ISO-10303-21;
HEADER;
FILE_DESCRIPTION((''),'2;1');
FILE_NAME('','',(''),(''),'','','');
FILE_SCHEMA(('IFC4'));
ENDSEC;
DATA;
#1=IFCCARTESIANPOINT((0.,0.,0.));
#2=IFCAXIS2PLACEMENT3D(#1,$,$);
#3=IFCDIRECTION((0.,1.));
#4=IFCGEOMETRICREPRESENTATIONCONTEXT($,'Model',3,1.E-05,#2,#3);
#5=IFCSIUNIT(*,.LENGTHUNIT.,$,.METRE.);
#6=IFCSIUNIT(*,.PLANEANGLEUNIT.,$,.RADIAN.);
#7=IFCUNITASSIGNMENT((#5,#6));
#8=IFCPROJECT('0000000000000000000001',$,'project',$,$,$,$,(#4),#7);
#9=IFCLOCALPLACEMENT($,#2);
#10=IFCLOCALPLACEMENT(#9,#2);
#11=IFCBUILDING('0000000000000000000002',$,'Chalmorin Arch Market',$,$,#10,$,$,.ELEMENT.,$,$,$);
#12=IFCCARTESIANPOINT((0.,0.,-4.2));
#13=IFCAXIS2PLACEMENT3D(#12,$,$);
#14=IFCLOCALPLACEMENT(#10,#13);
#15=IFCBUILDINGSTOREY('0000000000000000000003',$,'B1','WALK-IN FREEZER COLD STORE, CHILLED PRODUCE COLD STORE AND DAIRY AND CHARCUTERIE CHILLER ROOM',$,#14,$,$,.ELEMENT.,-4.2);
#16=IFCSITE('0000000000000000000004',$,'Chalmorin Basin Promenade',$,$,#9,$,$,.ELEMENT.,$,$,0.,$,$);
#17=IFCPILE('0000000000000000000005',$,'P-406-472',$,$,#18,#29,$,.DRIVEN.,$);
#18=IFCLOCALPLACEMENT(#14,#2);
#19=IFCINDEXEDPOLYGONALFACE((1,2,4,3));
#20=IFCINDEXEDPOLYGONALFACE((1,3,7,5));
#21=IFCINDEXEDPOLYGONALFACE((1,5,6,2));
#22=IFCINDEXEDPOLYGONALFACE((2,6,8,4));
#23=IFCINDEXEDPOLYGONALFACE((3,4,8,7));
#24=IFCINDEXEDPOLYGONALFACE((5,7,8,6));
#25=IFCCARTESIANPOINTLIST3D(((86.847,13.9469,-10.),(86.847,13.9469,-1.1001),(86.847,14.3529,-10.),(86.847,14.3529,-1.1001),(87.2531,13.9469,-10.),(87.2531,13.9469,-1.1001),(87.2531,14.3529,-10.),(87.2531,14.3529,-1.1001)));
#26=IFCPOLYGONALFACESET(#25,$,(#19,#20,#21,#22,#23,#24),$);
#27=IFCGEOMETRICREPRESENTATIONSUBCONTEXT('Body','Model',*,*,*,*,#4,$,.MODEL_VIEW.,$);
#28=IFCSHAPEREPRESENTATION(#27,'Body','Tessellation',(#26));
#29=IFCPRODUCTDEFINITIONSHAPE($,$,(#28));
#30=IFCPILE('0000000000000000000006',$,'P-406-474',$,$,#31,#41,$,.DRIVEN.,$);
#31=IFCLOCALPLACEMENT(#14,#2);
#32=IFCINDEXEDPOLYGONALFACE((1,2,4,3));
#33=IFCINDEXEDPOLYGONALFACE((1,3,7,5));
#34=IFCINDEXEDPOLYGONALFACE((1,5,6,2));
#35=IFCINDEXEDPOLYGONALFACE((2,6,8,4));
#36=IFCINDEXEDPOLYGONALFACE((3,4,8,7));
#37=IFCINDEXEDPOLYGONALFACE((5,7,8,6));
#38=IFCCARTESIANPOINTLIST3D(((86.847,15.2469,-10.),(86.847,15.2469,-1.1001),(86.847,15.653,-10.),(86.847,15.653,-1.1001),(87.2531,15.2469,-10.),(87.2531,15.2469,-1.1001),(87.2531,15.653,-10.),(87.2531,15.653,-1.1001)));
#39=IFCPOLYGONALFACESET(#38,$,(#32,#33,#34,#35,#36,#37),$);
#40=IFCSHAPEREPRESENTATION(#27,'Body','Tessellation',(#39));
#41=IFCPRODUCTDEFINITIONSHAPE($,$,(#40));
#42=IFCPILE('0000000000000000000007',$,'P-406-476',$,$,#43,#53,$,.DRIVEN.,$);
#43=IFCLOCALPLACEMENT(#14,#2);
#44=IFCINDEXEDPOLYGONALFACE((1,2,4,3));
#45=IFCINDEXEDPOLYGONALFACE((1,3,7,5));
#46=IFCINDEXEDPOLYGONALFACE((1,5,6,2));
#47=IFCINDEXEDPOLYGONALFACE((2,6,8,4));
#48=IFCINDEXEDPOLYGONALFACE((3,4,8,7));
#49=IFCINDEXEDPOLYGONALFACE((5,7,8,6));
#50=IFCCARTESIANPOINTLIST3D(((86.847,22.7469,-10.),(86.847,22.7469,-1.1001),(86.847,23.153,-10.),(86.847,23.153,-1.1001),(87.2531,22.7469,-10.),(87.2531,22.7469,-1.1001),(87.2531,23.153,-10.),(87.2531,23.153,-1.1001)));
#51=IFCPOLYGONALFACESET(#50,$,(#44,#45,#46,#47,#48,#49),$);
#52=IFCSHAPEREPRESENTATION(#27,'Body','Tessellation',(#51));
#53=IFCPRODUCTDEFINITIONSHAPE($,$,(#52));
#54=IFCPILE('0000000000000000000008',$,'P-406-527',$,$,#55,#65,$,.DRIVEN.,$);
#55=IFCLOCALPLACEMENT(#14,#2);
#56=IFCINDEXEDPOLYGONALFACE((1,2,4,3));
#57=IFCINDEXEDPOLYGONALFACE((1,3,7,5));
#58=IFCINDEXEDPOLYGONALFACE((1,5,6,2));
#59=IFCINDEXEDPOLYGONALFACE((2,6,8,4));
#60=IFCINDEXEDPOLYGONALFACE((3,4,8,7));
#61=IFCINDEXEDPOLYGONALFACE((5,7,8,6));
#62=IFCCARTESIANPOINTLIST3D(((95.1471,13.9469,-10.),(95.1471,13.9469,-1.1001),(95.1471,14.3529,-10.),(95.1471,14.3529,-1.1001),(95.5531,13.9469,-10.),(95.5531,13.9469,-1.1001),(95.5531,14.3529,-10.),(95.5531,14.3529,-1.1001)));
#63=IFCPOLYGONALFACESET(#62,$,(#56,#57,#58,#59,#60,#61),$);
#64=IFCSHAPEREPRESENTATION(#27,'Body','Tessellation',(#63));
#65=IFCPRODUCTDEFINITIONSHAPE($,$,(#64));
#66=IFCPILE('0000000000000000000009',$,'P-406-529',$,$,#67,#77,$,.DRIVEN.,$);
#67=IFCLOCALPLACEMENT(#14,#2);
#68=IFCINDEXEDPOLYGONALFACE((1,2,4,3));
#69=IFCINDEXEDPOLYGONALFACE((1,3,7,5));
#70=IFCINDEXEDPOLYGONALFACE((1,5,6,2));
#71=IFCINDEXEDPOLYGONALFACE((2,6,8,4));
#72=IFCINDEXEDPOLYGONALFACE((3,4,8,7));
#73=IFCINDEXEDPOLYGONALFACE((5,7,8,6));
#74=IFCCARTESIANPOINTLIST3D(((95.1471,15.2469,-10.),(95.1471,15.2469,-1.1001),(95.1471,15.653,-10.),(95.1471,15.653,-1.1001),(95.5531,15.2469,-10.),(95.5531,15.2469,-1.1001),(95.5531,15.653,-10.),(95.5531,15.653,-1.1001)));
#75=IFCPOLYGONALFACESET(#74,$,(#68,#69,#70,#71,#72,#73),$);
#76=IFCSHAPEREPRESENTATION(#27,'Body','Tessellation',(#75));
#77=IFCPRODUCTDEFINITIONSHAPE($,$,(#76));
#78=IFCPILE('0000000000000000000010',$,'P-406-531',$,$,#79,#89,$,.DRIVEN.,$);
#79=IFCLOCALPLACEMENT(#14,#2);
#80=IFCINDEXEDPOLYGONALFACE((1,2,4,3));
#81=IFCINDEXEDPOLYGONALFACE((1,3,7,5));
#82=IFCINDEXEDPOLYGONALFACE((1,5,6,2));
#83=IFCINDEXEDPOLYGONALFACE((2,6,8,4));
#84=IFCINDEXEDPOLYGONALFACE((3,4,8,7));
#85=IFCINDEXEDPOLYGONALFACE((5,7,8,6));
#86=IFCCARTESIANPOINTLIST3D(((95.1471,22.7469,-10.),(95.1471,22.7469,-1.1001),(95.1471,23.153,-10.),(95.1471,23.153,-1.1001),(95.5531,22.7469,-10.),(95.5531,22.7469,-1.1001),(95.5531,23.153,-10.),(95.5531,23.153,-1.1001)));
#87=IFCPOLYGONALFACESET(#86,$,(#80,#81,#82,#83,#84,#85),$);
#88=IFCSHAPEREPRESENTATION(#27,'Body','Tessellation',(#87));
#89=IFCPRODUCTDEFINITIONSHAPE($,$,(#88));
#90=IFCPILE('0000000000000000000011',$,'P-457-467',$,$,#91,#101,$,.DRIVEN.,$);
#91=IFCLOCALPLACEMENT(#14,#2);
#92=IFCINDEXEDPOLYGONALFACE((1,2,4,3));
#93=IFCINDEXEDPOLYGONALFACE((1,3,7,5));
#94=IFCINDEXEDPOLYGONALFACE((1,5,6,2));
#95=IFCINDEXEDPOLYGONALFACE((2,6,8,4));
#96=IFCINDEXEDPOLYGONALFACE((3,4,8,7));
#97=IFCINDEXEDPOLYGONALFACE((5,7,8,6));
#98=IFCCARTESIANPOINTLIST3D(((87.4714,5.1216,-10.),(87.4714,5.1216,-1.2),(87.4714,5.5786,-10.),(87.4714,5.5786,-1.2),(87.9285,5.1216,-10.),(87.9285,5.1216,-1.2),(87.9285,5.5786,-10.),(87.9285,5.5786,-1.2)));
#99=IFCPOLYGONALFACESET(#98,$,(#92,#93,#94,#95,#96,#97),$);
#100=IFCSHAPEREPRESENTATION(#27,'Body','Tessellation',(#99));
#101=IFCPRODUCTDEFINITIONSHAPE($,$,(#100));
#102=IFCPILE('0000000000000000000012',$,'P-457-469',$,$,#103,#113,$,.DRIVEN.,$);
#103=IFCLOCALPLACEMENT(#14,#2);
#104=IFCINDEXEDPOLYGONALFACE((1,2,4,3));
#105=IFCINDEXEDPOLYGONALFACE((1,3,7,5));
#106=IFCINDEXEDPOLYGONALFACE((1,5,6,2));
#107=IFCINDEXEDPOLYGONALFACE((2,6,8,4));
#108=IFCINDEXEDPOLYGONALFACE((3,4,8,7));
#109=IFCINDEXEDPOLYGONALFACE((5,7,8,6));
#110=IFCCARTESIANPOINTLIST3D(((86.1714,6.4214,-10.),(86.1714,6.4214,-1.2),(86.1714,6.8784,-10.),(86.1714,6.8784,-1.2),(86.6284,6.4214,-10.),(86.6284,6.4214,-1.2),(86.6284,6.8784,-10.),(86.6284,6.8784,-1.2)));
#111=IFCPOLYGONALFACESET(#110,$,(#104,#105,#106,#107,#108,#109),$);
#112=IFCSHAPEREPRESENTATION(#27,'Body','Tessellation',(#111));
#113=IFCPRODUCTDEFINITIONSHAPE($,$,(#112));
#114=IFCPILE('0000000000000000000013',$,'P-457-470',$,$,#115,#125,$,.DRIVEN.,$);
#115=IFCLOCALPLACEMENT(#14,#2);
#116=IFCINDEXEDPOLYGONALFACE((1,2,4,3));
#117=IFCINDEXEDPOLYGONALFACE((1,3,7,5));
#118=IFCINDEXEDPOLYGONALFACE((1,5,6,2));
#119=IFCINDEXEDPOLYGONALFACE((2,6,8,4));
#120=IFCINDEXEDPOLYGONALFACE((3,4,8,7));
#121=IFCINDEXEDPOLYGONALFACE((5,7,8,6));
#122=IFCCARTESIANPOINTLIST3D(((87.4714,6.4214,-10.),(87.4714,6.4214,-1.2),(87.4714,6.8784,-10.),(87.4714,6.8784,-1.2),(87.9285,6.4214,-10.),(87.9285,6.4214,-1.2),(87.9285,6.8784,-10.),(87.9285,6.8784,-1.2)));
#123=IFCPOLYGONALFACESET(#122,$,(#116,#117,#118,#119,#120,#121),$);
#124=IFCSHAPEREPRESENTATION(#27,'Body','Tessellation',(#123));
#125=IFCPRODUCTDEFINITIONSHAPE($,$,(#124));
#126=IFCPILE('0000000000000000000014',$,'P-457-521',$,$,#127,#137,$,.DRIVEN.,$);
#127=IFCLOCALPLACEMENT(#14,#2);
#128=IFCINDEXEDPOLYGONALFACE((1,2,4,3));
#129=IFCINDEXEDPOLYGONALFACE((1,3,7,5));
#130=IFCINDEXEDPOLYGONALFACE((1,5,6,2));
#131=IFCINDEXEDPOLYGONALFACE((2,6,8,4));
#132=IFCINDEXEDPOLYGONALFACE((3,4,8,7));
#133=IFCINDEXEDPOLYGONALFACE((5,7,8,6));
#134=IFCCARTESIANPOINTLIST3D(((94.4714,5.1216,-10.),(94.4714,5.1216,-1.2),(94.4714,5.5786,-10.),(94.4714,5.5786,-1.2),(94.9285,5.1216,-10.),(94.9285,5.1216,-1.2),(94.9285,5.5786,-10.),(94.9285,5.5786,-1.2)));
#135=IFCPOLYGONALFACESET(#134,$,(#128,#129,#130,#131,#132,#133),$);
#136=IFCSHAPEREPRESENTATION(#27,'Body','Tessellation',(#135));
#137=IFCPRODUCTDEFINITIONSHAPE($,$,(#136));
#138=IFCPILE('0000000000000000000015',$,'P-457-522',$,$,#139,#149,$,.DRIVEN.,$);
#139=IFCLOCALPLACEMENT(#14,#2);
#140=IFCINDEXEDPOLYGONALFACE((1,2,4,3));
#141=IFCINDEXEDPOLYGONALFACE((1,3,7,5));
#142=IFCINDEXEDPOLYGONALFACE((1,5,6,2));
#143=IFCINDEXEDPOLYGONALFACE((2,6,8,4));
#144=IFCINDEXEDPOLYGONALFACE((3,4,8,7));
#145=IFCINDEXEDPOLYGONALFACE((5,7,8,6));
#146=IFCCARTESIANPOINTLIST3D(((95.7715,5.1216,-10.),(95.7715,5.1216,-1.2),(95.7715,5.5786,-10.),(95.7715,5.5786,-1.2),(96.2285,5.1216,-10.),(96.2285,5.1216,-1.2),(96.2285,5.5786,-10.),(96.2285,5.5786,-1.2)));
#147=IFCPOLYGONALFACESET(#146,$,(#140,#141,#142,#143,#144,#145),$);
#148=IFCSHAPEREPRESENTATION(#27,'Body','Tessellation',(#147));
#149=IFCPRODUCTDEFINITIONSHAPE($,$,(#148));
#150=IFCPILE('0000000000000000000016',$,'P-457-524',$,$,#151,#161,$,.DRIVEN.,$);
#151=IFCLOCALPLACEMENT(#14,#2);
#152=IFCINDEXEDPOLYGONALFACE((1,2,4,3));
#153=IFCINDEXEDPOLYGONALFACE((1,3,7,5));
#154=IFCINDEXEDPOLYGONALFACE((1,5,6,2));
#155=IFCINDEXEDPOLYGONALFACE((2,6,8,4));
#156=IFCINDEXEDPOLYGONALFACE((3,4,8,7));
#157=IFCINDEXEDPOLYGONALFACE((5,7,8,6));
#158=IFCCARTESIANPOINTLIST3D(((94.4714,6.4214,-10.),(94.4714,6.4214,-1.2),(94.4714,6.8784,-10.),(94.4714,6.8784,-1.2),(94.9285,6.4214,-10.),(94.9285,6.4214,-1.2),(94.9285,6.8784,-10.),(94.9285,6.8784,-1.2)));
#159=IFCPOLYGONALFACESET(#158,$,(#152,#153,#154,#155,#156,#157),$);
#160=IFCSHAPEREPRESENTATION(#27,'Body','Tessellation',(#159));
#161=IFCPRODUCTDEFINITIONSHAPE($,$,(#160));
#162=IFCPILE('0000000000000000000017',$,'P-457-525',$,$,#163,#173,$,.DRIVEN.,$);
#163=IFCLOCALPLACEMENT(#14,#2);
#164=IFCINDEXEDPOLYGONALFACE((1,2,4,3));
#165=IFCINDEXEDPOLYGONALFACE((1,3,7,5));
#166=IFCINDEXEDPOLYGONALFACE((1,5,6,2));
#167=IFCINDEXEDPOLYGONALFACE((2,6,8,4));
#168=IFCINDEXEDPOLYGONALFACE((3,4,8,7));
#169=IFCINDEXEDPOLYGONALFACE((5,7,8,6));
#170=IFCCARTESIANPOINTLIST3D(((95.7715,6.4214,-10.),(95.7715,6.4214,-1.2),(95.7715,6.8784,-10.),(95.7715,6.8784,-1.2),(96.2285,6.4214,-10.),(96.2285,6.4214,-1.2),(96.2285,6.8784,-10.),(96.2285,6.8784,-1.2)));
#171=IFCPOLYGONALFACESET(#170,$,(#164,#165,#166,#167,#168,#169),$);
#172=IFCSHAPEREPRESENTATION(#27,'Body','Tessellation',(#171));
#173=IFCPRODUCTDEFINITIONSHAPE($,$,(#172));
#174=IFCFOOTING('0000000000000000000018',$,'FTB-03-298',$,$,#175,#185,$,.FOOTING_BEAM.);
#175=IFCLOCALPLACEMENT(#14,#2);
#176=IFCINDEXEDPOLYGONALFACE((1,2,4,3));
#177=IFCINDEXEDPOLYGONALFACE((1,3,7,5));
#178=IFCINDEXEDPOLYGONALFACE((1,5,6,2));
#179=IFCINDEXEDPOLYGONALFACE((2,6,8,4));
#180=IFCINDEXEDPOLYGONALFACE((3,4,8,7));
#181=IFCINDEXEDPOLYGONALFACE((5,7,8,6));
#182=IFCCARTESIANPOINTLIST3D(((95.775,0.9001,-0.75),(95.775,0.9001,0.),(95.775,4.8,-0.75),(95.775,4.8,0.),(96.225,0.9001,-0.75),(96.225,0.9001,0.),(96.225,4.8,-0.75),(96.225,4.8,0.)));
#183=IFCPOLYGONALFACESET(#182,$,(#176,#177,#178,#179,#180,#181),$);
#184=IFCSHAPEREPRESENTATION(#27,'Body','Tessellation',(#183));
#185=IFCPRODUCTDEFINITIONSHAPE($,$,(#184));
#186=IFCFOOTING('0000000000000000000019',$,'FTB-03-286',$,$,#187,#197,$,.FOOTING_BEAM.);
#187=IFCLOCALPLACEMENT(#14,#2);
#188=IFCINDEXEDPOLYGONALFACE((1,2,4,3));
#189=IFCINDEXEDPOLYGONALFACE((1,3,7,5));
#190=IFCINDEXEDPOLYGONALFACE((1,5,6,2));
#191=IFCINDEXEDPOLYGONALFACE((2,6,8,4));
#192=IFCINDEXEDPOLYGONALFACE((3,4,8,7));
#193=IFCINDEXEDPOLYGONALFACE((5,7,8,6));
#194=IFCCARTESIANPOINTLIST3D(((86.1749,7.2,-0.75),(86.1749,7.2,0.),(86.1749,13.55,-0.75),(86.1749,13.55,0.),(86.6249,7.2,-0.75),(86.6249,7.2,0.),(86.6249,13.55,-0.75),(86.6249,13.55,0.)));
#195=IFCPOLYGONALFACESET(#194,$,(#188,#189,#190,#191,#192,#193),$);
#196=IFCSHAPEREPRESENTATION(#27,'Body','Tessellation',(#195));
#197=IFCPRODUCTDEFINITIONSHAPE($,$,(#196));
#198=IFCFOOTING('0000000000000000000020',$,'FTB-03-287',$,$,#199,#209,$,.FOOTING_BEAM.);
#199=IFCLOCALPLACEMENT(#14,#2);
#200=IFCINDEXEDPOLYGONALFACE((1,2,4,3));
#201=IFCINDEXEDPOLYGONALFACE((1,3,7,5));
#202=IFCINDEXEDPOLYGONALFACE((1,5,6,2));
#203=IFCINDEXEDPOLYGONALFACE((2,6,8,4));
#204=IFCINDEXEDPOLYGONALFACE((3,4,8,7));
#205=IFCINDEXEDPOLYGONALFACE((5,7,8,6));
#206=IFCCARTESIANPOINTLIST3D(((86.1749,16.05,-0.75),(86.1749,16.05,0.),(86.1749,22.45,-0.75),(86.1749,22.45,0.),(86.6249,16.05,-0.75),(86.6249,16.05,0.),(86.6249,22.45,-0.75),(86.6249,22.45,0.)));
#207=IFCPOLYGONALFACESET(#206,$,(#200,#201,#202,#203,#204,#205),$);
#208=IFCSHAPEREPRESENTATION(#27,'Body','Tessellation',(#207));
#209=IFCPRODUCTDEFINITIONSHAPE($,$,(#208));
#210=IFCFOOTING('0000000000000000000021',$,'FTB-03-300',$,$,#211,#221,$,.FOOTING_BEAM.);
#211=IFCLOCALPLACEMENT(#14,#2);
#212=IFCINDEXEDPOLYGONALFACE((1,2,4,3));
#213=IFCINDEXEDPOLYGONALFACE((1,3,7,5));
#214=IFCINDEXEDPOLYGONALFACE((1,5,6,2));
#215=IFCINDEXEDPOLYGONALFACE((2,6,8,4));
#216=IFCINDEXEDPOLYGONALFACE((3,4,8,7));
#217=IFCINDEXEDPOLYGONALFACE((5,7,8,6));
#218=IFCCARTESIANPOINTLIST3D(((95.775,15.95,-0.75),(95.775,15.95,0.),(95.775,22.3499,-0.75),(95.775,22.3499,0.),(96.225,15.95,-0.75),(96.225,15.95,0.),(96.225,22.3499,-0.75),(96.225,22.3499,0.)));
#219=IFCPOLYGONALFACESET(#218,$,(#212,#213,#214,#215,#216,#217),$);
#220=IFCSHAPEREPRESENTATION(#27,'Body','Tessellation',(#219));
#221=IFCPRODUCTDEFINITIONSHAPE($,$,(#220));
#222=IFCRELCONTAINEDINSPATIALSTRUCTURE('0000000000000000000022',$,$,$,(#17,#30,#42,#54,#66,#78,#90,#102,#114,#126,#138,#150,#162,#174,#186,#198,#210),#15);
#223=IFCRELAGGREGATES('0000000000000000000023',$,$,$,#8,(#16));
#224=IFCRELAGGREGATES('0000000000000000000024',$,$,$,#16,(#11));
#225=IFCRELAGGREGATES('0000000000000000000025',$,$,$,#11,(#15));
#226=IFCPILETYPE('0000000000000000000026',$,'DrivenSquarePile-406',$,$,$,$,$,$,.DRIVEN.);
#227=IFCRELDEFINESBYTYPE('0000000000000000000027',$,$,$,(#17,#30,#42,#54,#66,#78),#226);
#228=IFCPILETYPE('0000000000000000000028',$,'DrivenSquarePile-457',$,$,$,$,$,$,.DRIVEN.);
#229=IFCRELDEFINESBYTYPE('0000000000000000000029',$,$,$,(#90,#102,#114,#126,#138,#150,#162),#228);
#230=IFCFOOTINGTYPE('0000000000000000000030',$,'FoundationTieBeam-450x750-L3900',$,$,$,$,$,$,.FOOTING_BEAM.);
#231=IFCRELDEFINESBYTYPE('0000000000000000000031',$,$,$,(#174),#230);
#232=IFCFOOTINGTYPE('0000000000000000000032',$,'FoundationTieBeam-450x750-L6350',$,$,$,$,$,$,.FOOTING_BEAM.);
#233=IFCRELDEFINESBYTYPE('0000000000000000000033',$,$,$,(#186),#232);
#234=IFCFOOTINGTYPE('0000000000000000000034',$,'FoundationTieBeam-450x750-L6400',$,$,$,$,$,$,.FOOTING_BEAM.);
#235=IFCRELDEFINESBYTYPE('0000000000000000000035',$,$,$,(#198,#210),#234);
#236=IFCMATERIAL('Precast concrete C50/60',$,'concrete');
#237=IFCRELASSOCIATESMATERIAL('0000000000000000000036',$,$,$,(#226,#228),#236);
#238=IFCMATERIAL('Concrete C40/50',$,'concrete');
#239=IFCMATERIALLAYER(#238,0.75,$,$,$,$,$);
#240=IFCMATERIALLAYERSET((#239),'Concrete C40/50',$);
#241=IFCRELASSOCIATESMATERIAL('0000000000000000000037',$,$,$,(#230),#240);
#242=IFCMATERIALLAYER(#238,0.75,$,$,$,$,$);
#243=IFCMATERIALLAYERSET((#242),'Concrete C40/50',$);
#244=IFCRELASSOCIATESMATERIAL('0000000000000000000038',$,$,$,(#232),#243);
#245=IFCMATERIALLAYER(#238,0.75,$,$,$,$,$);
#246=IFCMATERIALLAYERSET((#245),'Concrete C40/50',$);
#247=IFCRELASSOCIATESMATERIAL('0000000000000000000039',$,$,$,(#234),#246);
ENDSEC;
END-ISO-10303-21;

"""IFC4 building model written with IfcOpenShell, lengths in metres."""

from ifc_helpers import new_model, si_unit, direction, frame, origin, origin_2d, place, context, subcontext, project, spatial, rectangle, extrude, material, layer, layer_set, material_profile, profile_set, type_object, element, save


model = new_model("IFC4")

# Units and contexts
model_context = context("Model", 3, precision=1e-05, world=origin(), true_north=direction((0.0, 1.0)))
body_context = subcontext(model_context, "Body", "Model", "MODEL_VIEW")
ifc_project = project(units=[si_unit("LENGTHUNIT", "METRE"), si_unit("PLANEANGLEUNIT", "RADIAN")], contexts=[model_context])

# Site, building, storey
site_placement = place(None, origin())
site = spatial("IfcSite", under=ifc_project, at=site_placement, Name="Chalmorin Basin Promenade", CompositionType="ELEMENT", RefElevation=0.0)
building_placement = place(site_placement, origin())
building = spatial("IfcBuilding", under=site, at=building_placement, Name="Chalmorin Arch Market", CompositionType="ELEMENT")
storey_placement = place(building_placement, frame((0.0, 0.0, -4.2)))
storey = spatial("IfcBuildingStorey", under=building, at=storey_placement, Name="B1", Description="WALK-IN FREEZER COLD STORE, CHILLED PRODUCE COLD STORE AND DAIRY AND CHARCUTERIE CHILLER ROOM", CompositionType="ELEMENT", Elevation=-4.2)

# Piles
ifc_material_1 = material(Name="Precast concrete C50/60", Category="concrete")
ifc_material_profile_1 = material_profile(ifc_material_1, rectangle(XDim=0.406, YDim=0.406, at=origin_2d()), Name="PPC406")
ifc_profile_set_1 = profile_set([ifc_material_profile_1], Name="Precast concrete C50/60")
pile_type_1 = type_object("IfcPileType", Name="DrivenSquarePile-406", PredefinedType="DRIVEN", material=ifc_profile_set_1)
for number, where, z_axis, x_axis, name in (
    (1, (87.05, 14.1499, -1.1001), (0.0, 0.0, -1.0), (1.0, 0.0, 0.0), "P-406-472"),
    (2, (87.05, 15.45, -1.1001), (0.0, 0.0, -1.0), (1.0, 0.0, 0.0), "P-406-474"),
    (3, (87.05, 22.95, -1.1001), (0.0, 0.0, -1.0), (1.0, 0.0, 0.0), "P-406-476"),
    (4, (95.3501, 14.1499, -1.1001), (0.0, 0.0, -1.0), (1.0, 0.0, 0.0), "P-406-527"),
    (5, (95.3501, 15.45, -1.1001), (0.0, 0.0, -1.0), (1.0, 0.0, 0.0), "P-406-529"),
    (6, (95.3501, 22.95, -1.1001), (0.0, 0.0, -1.0), (1.0, 0.0, 0.0), "P-406-531"),
):
    element("IfcPile", number, at=place(storey_placement, frame(where, z_axis=z_axis, x_axis=x_axis)), inside=storey, type_object=pile_type_1, Name=name, PredefinedType="DRIVEN", context=body_context, shape_type="SweptSolid", body=[
        extrude(rectangle(XDim=0.406, YDim=0.406, at=origin_2d()), origin(), (0.0, 0.0, 1.0), 8.8999),
    ])
ifc_material_profile_2 = material_profile(ifc_material_1, rectangle(XDim=0.457, YDim=0.457, at=origin_2d()), Name="PPC457")
ifc_profile_set_2 = profile_set([ifc_material_profile_2], Name="Precast concrete C50/60")
pile_type_2 = type_object("IfcPileType", Name="DrivenSquarePile-457", PredefinedType="DRIVEN", material=ifc_profile_set_2)
for number, where, z_axis, x_axis, name in (
    (7, (87.7, 5.3501, -1.2), (0.0, 0.0, -1.0), (1.0, 0.0, 0.0), "P-457-467"),
    (8, (86.3999, 6.6499, -1.2), (0.0, 0.0, -1.0), (1.0, 0.0, 0.0), "P-457-469"),
    (9, (87.7, 6.6499, -1.2), (0.0, 0.0, -1.0), (1.0, 0.0, 0.0), "P-457-470"),
    (10, (94.7, 5.3501, -1.2), (0.0, 0.0, -1.0), (1.0, 0.0, 0.0), "P-457-521"),
    (11, (96.0, 5.3501, -1.2), (0.0, 0.0, -1.0), (1.0, 0.0, 0.0), "P-457-522"),
    (12, (94.7, 6.6499, -1.2), (0.0, 0.0, -1.0), (1.0, 0.0, 0.0), "P-457-524"),
    (13, (96.0, 6.6499, -1.2), (0.0, 0.0, -1.0), (1.0, 0.0, 0.0), "P-457-525"),
):
    element("IfcPile", number, at=place(storey_placement, frame(where, z_axis=z_axis, x_axis=x_axis)), inside=storey, type_object=pile_type_2, Name=name, PredefinedType="DRIVEN", context=body_context, shape_type="SweptSolid", body=[
        extrude(rectangle(XDim=0.457, YDim=0.457, at=origin_2d()), origin(), (0.0, 0.0, 1.0), 8.8),
    ])

# Footings
ifc_material_2 = material(Name="Concrete C40/50", Category="concrete")
ifc_layer_1 = layer(ifc_material_2, 0.75)
ifc_layer_set_1 = layer_set([ifc_layer_1], Name="Concrete C40/50")
footing_type_1 = type_object("IfcFootingType", Name="FoundationTieBeam-450x750-L3900", PredefinedType="FOOTING_BEAM", material=ifc_layer_set_1)
footing_1_placement = place(storey_placement, frame((96.0, 2.8501, -0.75), z_axis=(0.0, 0.0, 1.0), x_axis=(0.0, 1.0, 0.0)))
element("IfcFooting", 14, at=footing_1_placement, inside=storey, type_object=footing_type_1, Name="FTB-03-298", PredefinedType="FOOTING_BEAM", context=body_context, shape_type="SweptSolid", body=[
    extrude(rectangle(XDim=3.8999, YDim=0.45, at=origin_2d()), origin(), (0.0, 0.0, 1.0), 0.75),
])
ifc_layer_2 = layer(ifc_material_2, 0.75)
ifc_layer_set_2 = layer_set([ifc_layer_2], Name="Concrete C40/50")
footing_type_2 = type_object("IfcFootingType", Name="FoundationTieBeam-450x750-L6350", PredefinedType="FOOTING_BEAM", material=ifc_layer_set_2)
footing_2_placement = place(storey_placement, frame((86.3999, 10.375, -0.75), z_axis=(0.0, 0.0, 1.0), x_axis=(0.0, 1.0, 0.0)))
element("IfcFooting", 15, at=footing_2_placement, inside=storey, type_object=footing_type_2, Name="FTB-03-286", PredefinedType="FOOTING_BEAM", context=body_context, shape_type="SweptSolid", body=[
    extrude(rectangle(XDim=6.3501, YDim=0.45, at=origin_2d()), origin(), (0.0, 0.0, 1.0), 0.75),
])
ifc_layer_3 = layer(ifc_material_2, 0.75)
ifc_layer_set_3 = layer_set([ifc_layer_3], Name="Concrete C40/50")
footing_type_3 = type_object("IfcFootingType", Name="FoundationTieBeam-450x750-L6400", PredefinedType="FOOTING_BEAM", material=ifc_layer_set_3)
for number, where, z_axis, x_axis, name in (
    (16, (86.3999, 19.25, -0.75), (0.0, 0.0, 1.0), (0.0, 1.0, 0.0), "FTB-03-287"),
    (17, (96.0, 19.1499, -0.75), (0.0, 0.0, 1.0), (0.0, 1.0, 0.0), "FTB-03-300"),
):
    element("IfcFooting", number, at=place(storey_placement, frame(where, z_axis=z_axis, x_axis=x_axis)), inside=storey, type_object=footing_type_3, Name=name, PredefinedType="FOOTING_BEAM", context=body_context, shape_type="SweptSolid", body=[
        extrude(rectangle(XDim=6.3999, YDim=0.45, at=origin_2d()), origin(), (0.0, 0.0, 1.0), 0.75),
    ])

save(model, "model.ifc")
